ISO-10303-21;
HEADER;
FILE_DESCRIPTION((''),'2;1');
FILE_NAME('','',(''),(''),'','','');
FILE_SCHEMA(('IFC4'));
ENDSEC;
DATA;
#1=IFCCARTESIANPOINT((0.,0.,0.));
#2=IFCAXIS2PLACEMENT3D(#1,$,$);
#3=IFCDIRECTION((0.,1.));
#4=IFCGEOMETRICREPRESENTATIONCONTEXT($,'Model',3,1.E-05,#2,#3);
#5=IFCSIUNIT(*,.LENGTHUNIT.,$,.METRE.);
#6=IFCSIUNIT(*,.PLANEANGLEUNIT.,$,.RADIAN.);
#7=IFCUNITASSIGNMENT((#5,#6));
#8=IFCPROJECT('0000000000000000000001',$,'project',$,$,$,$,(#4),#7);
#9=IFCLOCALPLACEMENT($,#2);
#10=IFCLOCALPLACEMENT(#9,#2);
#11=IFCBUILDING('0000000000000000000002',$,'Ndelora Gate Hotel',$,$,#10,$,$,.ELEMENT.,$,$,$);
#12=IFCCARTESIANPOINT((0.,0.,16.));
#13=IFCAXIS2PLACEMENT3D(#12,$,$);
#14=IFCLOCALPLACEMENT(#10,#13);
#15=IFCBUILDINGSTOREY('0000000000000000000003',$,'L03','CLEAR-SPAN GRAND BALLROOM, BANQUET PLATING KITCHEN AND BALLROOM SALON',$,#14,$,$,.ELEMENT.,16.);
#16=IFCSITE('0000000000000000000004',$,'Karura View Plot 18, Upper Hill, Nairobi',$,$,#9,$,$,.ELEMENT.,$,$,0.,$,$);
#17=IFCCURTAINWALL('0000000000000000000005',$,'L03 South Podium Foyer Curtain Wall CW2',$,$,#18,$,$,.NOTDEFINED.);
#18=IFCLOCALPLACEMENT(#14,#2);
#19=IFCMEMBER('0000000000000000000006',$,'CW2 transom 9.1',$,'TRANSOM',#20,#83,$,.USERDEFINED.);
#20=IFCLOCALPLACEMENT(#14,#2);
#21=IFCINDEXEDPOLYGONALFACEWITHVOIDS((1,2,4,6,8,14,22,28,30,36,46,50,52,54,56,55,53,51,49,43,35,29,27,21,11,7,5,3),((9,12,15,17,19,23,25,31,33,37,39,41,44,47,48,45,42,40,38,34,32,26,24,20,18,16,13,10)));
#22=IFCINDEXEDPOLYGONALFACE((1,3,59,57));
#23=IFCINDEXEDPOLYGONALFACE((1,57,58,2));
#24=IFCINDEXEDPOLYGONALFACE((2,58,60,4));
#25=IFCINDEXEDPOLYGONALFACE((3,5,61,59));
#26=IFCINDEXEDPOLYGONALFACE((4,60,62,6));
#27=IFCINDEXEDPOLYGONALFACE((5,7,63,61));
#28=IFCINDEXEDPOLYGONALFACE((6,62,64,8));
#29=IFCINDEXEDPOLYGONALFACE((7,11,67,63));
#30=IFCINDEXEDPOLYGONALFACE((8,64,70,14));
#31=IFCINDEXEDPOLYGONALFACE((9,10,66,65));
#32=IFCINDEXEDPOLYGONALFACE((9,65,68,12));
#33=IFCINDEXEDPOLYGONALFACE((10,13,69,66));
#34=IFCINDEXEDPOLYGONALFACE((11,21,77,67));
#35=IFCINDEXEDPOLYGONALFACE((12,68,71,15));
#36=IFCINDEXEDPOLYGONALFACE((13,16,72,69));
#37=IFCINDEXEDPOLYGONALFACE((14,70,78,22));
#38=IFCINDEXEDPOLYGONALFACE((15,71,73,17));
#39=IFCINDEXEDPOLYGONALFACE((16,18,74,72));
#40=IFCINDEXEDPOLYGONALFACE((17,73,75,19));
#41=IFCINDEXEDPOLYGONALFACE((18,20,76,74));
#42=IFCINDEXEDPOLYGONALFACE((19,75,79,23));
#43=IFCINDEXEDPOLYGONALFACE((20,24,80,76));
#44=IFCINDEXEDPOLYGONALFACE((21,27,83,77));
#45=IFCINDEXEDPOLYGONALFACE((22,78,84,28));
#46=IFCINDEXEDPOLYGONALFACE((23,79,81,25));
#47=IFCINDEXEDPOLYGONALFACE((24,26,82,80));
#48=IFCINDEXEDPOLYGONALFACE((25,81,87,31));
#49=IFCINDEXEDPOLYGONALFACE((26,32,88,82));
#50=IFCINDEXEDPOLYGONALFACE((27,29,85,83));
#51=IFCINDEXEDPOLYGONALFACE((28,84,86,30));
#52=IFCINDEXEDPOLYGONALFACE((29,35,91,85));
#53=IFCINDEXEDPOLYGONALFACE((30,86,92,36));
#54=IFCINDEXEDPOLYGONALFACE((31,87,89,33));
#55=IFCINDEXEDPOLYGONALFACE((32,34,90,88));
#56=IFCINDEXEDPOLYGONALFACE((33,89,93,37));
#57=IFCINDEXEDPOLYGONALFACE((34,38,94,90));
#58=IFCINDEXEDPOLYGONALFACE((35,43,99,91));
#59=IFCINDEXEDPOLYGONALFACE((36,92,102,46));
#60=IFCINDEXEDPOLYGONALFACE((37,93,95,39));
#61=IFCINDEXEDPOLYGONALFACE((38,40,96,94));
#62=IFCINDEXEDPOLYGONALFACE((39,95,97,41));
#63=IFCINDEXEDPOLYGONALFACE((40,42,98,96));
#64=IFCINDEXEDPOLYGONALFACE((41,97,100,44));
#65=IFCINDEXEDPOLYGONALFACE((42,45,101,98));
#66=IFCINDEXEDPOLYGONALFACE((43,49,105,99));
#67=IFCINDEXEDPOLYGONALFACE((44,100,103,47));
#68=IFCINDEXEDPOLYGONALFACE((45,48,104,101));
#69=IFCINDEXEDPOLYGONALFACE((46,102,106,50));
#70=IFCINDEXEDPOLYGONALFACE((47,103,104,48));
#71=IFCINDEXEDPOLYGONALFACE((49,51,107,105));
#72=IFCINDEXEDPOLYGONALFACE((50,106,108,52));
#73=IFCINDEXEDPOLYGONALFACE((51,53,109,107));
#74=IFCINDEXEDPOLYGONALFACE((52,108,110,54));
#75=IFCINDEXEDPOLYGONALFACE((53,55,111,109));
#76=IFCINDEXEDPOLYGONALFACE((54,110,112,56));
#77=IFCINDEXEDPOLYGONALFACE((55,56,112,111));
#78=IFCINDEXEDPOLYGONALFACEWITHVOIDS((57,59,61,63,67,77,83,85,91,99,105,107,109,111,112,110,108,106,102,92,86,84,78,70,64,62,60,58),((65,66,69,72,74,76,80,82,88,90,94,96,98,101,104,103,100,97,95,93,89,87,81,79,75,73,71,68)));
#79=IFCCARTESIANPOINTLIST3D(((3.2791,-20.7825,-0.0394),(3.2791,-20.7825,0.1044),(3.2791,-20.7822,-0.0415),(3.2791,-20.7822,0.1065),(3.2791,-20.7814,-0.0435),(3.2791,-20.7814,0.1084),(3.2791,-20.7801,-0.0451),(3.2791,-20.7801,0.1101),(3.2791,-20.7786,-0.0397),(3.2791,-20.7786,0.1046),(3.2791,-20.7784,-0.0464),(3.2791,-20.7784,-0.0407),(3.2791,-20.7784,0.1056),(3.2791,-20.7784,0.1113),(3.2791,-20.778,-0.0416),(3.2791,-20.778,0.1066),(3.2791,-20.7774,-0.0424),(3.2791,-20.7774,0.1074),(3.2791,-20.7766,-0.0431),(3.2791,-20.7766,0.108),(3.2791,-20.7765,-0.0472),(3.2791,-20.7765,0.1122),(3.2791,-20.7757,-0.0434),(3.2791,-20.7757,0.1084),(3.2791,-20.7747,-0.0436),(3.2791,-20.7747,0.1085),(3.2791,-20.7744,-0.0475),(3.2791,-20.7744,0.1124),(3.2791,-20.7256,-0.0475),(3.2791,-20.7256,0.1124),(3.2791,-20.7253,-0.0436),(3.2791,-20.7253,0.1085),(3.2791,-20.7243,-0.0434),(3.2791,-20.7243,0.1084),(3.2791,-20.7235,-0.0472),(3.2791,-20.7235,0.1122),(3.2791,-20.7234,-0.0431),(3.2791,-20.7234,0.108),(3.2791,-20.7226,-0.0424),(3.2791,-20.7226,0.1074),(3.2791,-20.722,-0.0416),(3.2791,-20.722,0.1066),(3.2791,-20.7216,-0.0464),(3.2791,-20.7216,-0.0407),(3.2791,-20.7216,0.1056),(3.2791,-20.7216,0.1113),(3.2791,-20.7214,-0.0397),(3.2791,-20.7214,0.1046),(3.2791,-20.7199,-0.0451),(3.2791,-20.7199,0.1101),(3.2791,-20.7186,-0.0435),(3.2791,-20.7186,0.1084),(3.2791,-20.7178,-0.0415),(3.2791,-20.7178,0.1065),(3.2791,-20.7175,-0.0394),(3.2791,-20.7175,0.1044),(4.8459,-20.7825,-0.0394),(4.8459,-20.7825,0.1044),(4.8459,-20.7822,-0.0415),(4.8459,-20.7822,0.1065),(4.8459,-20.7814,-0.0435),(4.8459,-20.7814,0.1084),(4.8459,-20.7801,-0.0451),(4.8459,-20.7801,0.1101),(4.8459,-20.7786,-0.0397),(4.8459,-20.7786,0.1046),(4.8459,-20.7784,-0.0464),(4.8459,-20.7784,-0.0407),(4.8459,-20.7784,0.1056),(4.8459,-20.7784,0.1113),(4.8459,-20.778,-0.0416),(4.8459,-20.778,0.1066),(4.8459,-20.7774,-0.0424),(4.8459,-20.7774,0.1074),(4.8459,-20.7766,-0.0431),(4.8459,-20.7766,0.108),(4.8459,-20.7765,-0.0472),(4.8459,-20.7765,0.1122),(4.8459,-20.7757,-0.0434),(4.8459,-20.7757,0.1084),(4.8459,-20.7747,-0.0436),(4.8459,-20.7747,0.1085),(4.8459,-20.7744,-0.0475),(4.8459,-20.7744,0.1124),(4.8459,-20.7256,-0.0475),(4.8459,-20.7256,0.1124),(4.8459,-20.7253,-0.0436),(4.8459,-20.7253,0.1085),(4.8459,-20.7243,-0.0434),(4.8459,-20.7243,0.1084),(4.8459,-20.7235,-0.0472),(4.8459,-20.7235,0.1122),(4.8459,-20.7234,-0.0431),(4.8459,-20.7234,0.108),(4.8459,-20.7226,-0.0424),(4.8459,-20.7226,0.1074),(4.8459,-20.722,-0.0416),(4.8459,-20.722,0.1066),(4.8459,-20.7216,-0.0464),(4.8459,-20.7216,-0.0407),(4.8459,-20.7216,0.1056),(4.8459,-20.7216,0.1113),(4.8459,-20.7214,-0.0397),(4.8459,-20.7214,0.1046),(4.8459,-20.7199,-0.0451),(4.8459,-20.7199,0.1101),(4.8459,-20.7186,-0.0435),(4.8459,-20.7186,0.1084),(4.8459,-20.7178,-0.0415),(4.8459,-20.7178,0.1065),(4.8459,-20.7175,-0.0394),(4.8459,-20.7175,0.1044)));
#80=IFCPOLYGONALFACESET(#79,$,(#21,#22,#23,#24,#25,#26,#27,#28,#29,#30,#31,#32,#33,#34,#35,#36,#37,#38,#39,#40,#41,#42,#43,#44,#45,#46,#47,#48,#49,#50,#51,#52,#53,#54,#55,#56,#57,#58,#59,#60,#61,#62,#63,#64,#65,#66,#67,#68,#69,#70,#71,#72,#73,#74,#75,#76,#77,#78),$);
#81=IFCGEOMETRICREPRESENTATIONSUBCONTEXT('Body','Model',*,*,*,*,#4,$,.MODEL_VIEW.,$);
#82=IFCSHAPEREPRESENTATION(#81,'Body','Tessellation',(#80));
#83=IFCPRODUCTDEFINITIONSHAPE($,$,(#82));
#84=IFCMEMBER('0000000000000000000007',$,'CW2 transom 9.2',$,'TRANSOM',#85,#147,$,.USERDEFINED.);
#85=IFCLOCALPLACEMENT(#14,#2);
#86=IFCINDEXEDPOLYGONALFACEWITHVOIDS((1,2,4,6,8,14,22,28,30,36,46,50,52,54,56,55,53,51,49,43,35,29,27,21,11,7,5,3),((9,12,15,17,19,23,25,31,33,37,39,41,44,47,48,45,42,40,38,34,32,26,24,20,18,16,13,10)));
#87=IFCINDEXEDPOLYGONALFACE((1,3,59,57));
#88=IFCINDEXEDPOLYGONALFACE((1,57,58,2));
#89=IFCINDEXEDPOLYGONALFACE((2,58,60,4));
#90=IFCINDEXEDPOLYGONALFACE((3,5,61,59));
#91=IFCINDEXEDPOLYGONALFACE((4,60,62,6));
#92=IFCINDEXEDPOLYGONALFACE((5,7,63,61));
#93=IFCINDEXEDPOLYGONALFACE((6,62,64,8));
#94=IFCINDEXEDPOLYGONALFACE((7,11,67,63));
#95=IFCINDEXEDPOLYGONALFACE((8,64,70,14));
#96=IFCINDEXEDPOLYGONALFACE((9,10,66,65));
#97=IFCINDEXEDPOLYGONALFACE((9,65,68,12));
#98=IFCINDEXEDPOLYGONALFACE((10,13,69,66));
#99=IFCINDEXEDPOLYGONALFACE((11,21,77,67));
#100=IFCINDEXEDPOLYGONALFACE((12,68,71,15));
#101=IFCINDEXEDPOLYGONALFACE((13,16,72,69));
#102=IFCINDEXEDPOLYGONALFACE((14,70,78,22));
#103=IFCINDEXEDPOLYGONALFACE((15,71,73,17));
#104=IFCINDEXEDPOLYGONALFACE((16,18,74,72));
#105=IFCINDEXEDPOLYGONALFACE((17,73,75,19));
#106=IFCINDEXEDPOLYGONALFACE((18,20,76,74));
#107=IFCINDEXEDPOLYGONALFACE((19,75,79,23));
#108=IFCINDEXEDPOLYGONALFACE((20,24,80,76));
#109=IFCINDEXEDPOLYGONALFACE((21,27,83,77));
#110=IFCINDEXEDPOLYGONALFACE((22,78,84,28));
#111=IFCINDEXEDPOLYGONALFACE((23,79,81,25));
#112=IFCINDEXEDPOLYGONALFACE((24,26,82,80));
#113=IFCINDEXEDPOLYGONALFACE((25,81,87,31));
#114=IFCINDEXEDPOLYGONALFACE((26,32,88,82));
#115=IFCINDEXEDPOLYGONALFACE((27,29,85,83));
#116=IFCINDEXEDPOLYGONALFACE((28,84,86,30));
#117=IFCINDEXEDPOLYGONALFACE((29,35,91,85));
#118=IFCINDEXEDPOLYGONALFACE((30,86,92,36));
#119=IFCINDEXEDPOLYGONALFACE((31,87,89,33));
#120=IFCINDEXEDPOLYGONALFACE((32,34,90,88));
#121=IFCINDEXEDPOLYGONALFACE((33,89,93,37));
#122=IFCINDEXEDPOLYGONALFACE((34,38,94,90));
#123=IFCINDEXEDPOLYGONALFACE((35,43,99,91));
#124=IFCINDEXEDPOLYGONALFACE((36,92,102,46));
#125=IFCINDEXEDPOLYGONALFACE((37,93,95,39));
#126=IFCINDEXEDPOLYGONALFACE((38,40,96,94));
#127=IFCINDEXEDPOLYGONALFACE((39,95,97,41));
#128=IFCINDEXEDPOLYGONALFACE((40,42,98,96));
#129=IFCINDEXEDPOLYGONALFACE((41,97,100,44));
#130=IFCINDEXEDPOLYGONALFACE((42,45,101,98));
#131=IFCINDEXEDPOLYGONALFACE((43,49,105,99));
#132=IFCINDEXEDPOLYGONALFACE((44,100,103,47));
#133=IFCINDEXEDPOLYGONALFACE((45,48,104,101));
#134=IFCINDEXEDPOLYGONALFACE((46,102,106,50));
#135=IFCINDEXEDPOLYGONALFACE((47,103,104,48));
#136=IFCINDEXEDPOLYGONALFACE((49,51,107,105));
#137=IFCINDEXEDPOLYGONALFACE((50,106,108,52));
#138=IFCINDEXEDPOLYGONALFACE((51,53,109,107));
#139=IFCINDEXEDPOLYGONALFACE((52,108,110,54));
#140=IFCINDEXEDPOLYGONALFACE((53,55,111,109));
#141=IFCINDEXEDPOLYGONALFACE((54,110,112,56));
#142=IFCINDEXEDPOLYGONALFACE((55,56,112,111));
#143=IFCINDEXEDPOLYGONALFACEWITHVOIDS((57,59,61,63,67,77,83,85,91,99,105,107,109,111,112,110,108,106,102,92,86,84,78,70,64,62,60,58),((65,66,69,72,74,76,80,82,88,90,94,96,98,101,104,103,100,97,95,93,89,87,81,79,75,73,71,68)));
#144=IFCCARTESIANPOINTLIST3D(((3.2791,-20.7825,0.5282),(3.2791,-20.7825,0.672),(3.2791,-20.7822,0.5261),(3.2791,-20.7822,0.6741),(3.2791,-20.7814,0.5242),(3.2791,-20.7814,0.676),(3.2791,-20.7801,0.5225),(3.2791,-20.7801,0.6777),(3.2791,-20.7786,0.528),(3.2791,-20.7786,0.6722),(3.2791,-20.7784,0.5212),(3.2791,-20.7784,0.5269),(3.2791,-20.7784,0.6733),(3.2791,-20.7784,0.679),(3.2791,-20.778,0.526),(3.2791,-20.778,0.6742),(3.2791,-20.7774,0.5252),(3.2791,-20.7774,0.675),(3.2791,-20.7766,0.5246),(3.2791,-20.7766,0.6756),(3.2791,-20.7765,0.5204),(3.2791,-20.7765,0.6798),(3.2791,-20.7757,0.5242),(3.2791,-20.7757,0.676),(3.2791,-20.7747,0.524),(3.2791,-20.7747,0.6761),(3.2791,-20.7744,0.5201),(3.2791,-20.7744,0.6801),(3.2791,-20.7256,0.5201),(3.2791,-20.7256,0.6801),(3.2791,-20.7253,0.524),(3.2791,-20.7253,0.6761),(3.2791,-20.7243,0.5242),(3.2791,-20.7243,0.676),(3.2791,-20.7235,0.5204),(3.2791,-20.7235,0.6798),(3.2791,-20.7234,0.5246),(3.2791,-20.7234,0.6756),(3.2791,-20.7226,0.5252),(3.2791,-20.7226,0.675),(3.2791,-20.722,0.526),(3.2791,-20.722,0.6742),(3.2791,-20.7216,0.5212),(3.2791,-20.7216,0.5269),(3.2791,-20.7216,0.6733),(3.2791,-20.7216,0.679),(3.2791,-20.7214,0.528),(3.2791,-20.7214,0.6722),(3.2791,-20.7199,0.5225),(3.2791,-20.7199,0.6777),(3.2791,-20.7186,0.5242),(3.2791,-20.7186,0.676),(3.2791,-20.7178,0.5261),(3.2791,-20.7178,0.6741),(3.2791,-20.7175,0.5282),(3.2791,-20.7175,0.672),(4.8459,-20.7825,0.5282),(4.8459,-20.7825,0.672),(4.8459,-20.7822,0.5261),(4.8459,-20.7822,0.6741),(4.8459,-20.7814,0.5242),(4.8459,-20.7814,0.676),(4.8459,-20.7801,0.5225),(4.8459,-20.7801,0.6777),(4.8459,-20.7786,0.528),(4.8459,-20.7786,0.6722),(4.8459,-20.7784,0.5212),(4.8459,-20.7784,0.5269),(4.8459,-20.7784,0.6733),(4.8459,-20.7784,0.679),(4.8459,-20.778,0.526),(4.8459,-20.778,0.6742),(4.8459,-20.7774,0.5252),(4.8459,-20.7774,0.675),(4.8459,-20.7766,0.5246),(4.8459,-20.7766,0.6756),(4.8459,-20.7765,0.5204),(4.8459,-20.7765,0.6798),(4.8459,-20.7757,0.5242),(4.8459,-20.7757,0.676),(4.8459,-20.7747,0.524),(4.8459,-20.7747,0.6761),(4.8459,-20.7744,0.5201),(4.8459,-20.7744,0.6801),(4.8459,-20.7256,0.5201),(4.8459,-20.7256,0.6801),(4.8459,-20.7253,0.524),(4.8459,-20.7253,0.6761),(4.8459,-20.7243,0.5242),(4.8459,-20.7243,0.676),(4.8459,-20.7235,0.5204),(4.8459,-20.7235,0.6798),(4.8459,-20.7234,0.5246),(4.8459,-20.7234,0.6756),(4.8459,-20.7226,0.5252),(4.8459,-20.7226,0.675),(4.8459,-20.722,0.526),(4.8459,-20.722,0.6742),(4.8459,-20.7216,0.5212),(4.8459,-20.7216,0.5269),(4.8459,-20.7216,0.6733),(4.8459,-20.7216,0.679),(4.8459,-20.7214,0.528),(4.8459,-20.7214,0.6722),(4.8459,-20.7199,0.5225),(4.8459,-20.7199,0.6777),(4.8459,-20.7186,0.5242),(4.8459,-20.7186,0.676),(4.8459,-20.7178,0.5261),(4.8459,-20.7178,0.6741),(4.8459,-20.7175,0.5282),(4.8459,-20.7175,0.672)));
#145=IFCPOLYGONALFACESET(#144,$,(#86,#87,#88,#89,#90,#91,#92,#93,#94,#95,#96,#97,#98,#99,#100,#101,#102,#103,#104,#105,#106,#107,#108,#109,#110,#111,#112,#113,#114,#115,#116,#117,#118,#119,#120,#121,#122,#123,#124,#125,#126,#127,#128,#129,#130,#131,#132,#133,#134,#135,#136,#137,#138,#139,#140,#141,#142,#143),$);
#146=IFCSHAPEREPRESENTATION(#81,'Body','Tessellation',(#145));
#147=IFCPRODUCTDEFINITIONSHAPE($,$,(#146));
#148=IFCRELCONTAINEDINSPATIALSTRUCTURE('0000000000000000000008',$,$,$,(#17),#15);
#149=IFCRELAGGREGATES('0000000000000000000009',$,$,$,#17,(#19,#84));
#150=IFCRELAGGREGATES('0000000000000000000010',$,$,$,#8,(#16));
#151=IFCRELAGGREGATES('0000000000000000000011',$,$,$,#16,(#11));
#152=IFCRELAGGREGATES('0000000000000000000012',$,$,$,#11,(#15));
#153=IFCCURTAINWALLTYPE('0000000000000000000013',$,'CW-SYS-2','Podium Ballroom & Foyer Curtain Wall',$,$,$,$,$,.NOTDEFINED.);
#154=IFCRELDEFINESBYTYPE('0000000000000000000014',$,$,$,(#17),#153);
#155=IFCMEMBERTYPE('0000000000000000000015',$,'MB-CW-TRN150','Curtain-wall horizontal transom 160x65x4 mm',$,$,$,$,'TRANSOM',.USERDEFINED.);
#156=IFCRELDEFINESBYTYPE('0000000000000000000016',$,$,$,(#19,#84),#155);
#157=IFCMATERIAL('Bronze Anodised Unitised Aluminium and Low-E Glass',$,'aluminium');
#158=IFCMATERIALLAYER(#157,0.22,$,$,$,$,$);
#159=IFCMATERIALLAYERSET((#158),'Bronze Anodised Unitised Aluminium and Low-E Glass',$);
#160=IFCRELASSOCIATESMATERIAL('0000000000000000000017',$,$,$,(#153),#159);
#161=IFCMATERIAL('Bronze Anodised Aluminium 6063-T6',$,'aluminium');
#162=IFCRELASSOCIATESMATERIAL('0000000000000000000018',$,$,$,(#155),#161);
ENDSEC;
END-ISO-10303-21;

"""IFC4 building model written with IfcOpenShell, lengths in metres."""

from ifc_helpers import new_model, si_unit, direction, frame, origin, origin_2d, place, context, subcontext, project, spatial, hollow_rectangle, extrude, material, layer, layer_set, material_profile, profile_set, type_object, element, aggregate, save


model = new_model("IFC4")

# Units and contexts
model_context = context("Model", 3, precision=1e-05, world=origin(), true_north=direction((0.0, 1.0)))
body_context = subcontext(model_context, "Body", "Model", "MODEL_VIEW")
ifc_project = project(units=[si_unit("LENGTHUNIT", "METRE"), si_unit("PLANEANGLEUNIT", "RADIAN")], contexts=[model_context])

# Site, building, storey
site_placement = place(None, origin())
site = spatial("IfcSite", under=ifc_project, at=site_placement, Name="Karura View Plot 18, Upper Hill, Nairobi", CompositionType="ELEMENT", RefElevation=0.0)
building_placement = place(site_placement, origin())
building = spatial("IfcBuilding", under=site, at=building_placement, Name="Ndelora Gate Hotel", CompositionType="ELEMENT")
storey_placement = place(building_placement, frame((0.0, 0.0, 16.0)))
storey = spatial("IfcBuildingStorey", under=building, at=storey_placement, Name="L03", Description="CLEAR-SPAN GRAND BALLROOM, BANQUET PLATING KITCHEN AND BALLROOM SALON", CompositionType="ELEMENT", Elevation=16.0)

# Curtain wall, members
ifc_material_1 = material(Name="Bronze Anodised Unitised Aluminium and Low-E Glass", Category="aluminium")
ifc_layer_1 = layer(ifc_material_1, 0.22)
ifc_layer_set_1 = layer_set([ifc_layer_1], Name="Bronze Anodised Unitised Aluminium and Low-E Glass")
curtain_wall_type = type_object("IfcCurtainWallType", Name="CW-SYS-2", Description="Podium Ballroom & Foyer Curtain Wall", PredefinedType="NOTDEFINED", material=ifc_layer_set_1)
curtain_wall_placement = place(storey_placement, origin())
curtain_wall = element("IfcCurtainWall", 1, at=curtain_wall_placement, inside=storey, type_object=curtain_wall_type, Name="L03 South Podium Foyer Curtain Wall CW2", PredefinedType="NOTDEFINED")
ifc_material_2 = material(Name="Bronze Anodised Aluminium 6063-T6", Category="aluminium")
ifc_material_profile_1 = material_profile(ifc_material_2, hollow_rectangle(XDim=0.0649, YDim=0.1599, WallThickness=0.0039, InnerFilletRadius=0.0039, OuterFilletRadius=0.0081, at=origin_2d()), Name="ALU 160x65x4")
ifc_profile_set_1 = profile_set([ifc_material_profile_1], Name="Bronze Anodised Aluminium 6063-T6")
member_type_1 = type_object("IfcMemberType", Name="MB-CW-TRN150", Description="Curtain-wall horizontal transom 160x65x4 mm", ElementType="TRANSOM", PredefinedType="USERDEFINED", material=ifc_profile_set_1)
member_1_placement = place(storey_placement, frame((3.2791, -20.75, 0.0325), z_axis=(1.0, 0.0, 0.0), x_axis=(0.0, 1.0, 0.0)))
member_1 = element("IfcMember", 2, at=member_1_placement, type_object=member_type_1, Name="CW2 transom 9.1", ObjectType="TRANSOM", PredefinedType="USERDEFINED", context=body_context, shape_type="SweptSolid", body=[
    extrude(hollow_rectangle(XDim=0.0649, YDim=0.1599, WallThickness=0.0039, InnerFilletRadius=0.0039, OuterFilletRadius=0.0081, at=origin_2d()), origin(), (0.0, 0.0, 1.0), 1.5669),
])
member_2_placement = place(storey_placement, frame((3.2791, -20.75, 0.6001), z_axis=(1.0, 0.0, 0.0), x_axis=(0.0, 1.0, 0.0)))
member_2 = element("IfcMember", 3, at=member_2_placement, type_object=member_type_1, Name="CW2 transom 9.2", ObjectType="TRANSOM", PredefinedType="USERDEFINED", context=body_context, shape_type="SweptSolid", body=[
    extrude(hollow_rectangle(XDim=0.0649, YDim=0.1599, WallThickness=0.0039, InnerFilletRadius=0.0039, OuterFilletRadius=0.0081, at=origin_2d()), origin(), (0.0, 0.0, 1.0), 1.5669),
])
aggregate(curtain_wall, [member_1, member_2])

save(model, "model.ifc")
